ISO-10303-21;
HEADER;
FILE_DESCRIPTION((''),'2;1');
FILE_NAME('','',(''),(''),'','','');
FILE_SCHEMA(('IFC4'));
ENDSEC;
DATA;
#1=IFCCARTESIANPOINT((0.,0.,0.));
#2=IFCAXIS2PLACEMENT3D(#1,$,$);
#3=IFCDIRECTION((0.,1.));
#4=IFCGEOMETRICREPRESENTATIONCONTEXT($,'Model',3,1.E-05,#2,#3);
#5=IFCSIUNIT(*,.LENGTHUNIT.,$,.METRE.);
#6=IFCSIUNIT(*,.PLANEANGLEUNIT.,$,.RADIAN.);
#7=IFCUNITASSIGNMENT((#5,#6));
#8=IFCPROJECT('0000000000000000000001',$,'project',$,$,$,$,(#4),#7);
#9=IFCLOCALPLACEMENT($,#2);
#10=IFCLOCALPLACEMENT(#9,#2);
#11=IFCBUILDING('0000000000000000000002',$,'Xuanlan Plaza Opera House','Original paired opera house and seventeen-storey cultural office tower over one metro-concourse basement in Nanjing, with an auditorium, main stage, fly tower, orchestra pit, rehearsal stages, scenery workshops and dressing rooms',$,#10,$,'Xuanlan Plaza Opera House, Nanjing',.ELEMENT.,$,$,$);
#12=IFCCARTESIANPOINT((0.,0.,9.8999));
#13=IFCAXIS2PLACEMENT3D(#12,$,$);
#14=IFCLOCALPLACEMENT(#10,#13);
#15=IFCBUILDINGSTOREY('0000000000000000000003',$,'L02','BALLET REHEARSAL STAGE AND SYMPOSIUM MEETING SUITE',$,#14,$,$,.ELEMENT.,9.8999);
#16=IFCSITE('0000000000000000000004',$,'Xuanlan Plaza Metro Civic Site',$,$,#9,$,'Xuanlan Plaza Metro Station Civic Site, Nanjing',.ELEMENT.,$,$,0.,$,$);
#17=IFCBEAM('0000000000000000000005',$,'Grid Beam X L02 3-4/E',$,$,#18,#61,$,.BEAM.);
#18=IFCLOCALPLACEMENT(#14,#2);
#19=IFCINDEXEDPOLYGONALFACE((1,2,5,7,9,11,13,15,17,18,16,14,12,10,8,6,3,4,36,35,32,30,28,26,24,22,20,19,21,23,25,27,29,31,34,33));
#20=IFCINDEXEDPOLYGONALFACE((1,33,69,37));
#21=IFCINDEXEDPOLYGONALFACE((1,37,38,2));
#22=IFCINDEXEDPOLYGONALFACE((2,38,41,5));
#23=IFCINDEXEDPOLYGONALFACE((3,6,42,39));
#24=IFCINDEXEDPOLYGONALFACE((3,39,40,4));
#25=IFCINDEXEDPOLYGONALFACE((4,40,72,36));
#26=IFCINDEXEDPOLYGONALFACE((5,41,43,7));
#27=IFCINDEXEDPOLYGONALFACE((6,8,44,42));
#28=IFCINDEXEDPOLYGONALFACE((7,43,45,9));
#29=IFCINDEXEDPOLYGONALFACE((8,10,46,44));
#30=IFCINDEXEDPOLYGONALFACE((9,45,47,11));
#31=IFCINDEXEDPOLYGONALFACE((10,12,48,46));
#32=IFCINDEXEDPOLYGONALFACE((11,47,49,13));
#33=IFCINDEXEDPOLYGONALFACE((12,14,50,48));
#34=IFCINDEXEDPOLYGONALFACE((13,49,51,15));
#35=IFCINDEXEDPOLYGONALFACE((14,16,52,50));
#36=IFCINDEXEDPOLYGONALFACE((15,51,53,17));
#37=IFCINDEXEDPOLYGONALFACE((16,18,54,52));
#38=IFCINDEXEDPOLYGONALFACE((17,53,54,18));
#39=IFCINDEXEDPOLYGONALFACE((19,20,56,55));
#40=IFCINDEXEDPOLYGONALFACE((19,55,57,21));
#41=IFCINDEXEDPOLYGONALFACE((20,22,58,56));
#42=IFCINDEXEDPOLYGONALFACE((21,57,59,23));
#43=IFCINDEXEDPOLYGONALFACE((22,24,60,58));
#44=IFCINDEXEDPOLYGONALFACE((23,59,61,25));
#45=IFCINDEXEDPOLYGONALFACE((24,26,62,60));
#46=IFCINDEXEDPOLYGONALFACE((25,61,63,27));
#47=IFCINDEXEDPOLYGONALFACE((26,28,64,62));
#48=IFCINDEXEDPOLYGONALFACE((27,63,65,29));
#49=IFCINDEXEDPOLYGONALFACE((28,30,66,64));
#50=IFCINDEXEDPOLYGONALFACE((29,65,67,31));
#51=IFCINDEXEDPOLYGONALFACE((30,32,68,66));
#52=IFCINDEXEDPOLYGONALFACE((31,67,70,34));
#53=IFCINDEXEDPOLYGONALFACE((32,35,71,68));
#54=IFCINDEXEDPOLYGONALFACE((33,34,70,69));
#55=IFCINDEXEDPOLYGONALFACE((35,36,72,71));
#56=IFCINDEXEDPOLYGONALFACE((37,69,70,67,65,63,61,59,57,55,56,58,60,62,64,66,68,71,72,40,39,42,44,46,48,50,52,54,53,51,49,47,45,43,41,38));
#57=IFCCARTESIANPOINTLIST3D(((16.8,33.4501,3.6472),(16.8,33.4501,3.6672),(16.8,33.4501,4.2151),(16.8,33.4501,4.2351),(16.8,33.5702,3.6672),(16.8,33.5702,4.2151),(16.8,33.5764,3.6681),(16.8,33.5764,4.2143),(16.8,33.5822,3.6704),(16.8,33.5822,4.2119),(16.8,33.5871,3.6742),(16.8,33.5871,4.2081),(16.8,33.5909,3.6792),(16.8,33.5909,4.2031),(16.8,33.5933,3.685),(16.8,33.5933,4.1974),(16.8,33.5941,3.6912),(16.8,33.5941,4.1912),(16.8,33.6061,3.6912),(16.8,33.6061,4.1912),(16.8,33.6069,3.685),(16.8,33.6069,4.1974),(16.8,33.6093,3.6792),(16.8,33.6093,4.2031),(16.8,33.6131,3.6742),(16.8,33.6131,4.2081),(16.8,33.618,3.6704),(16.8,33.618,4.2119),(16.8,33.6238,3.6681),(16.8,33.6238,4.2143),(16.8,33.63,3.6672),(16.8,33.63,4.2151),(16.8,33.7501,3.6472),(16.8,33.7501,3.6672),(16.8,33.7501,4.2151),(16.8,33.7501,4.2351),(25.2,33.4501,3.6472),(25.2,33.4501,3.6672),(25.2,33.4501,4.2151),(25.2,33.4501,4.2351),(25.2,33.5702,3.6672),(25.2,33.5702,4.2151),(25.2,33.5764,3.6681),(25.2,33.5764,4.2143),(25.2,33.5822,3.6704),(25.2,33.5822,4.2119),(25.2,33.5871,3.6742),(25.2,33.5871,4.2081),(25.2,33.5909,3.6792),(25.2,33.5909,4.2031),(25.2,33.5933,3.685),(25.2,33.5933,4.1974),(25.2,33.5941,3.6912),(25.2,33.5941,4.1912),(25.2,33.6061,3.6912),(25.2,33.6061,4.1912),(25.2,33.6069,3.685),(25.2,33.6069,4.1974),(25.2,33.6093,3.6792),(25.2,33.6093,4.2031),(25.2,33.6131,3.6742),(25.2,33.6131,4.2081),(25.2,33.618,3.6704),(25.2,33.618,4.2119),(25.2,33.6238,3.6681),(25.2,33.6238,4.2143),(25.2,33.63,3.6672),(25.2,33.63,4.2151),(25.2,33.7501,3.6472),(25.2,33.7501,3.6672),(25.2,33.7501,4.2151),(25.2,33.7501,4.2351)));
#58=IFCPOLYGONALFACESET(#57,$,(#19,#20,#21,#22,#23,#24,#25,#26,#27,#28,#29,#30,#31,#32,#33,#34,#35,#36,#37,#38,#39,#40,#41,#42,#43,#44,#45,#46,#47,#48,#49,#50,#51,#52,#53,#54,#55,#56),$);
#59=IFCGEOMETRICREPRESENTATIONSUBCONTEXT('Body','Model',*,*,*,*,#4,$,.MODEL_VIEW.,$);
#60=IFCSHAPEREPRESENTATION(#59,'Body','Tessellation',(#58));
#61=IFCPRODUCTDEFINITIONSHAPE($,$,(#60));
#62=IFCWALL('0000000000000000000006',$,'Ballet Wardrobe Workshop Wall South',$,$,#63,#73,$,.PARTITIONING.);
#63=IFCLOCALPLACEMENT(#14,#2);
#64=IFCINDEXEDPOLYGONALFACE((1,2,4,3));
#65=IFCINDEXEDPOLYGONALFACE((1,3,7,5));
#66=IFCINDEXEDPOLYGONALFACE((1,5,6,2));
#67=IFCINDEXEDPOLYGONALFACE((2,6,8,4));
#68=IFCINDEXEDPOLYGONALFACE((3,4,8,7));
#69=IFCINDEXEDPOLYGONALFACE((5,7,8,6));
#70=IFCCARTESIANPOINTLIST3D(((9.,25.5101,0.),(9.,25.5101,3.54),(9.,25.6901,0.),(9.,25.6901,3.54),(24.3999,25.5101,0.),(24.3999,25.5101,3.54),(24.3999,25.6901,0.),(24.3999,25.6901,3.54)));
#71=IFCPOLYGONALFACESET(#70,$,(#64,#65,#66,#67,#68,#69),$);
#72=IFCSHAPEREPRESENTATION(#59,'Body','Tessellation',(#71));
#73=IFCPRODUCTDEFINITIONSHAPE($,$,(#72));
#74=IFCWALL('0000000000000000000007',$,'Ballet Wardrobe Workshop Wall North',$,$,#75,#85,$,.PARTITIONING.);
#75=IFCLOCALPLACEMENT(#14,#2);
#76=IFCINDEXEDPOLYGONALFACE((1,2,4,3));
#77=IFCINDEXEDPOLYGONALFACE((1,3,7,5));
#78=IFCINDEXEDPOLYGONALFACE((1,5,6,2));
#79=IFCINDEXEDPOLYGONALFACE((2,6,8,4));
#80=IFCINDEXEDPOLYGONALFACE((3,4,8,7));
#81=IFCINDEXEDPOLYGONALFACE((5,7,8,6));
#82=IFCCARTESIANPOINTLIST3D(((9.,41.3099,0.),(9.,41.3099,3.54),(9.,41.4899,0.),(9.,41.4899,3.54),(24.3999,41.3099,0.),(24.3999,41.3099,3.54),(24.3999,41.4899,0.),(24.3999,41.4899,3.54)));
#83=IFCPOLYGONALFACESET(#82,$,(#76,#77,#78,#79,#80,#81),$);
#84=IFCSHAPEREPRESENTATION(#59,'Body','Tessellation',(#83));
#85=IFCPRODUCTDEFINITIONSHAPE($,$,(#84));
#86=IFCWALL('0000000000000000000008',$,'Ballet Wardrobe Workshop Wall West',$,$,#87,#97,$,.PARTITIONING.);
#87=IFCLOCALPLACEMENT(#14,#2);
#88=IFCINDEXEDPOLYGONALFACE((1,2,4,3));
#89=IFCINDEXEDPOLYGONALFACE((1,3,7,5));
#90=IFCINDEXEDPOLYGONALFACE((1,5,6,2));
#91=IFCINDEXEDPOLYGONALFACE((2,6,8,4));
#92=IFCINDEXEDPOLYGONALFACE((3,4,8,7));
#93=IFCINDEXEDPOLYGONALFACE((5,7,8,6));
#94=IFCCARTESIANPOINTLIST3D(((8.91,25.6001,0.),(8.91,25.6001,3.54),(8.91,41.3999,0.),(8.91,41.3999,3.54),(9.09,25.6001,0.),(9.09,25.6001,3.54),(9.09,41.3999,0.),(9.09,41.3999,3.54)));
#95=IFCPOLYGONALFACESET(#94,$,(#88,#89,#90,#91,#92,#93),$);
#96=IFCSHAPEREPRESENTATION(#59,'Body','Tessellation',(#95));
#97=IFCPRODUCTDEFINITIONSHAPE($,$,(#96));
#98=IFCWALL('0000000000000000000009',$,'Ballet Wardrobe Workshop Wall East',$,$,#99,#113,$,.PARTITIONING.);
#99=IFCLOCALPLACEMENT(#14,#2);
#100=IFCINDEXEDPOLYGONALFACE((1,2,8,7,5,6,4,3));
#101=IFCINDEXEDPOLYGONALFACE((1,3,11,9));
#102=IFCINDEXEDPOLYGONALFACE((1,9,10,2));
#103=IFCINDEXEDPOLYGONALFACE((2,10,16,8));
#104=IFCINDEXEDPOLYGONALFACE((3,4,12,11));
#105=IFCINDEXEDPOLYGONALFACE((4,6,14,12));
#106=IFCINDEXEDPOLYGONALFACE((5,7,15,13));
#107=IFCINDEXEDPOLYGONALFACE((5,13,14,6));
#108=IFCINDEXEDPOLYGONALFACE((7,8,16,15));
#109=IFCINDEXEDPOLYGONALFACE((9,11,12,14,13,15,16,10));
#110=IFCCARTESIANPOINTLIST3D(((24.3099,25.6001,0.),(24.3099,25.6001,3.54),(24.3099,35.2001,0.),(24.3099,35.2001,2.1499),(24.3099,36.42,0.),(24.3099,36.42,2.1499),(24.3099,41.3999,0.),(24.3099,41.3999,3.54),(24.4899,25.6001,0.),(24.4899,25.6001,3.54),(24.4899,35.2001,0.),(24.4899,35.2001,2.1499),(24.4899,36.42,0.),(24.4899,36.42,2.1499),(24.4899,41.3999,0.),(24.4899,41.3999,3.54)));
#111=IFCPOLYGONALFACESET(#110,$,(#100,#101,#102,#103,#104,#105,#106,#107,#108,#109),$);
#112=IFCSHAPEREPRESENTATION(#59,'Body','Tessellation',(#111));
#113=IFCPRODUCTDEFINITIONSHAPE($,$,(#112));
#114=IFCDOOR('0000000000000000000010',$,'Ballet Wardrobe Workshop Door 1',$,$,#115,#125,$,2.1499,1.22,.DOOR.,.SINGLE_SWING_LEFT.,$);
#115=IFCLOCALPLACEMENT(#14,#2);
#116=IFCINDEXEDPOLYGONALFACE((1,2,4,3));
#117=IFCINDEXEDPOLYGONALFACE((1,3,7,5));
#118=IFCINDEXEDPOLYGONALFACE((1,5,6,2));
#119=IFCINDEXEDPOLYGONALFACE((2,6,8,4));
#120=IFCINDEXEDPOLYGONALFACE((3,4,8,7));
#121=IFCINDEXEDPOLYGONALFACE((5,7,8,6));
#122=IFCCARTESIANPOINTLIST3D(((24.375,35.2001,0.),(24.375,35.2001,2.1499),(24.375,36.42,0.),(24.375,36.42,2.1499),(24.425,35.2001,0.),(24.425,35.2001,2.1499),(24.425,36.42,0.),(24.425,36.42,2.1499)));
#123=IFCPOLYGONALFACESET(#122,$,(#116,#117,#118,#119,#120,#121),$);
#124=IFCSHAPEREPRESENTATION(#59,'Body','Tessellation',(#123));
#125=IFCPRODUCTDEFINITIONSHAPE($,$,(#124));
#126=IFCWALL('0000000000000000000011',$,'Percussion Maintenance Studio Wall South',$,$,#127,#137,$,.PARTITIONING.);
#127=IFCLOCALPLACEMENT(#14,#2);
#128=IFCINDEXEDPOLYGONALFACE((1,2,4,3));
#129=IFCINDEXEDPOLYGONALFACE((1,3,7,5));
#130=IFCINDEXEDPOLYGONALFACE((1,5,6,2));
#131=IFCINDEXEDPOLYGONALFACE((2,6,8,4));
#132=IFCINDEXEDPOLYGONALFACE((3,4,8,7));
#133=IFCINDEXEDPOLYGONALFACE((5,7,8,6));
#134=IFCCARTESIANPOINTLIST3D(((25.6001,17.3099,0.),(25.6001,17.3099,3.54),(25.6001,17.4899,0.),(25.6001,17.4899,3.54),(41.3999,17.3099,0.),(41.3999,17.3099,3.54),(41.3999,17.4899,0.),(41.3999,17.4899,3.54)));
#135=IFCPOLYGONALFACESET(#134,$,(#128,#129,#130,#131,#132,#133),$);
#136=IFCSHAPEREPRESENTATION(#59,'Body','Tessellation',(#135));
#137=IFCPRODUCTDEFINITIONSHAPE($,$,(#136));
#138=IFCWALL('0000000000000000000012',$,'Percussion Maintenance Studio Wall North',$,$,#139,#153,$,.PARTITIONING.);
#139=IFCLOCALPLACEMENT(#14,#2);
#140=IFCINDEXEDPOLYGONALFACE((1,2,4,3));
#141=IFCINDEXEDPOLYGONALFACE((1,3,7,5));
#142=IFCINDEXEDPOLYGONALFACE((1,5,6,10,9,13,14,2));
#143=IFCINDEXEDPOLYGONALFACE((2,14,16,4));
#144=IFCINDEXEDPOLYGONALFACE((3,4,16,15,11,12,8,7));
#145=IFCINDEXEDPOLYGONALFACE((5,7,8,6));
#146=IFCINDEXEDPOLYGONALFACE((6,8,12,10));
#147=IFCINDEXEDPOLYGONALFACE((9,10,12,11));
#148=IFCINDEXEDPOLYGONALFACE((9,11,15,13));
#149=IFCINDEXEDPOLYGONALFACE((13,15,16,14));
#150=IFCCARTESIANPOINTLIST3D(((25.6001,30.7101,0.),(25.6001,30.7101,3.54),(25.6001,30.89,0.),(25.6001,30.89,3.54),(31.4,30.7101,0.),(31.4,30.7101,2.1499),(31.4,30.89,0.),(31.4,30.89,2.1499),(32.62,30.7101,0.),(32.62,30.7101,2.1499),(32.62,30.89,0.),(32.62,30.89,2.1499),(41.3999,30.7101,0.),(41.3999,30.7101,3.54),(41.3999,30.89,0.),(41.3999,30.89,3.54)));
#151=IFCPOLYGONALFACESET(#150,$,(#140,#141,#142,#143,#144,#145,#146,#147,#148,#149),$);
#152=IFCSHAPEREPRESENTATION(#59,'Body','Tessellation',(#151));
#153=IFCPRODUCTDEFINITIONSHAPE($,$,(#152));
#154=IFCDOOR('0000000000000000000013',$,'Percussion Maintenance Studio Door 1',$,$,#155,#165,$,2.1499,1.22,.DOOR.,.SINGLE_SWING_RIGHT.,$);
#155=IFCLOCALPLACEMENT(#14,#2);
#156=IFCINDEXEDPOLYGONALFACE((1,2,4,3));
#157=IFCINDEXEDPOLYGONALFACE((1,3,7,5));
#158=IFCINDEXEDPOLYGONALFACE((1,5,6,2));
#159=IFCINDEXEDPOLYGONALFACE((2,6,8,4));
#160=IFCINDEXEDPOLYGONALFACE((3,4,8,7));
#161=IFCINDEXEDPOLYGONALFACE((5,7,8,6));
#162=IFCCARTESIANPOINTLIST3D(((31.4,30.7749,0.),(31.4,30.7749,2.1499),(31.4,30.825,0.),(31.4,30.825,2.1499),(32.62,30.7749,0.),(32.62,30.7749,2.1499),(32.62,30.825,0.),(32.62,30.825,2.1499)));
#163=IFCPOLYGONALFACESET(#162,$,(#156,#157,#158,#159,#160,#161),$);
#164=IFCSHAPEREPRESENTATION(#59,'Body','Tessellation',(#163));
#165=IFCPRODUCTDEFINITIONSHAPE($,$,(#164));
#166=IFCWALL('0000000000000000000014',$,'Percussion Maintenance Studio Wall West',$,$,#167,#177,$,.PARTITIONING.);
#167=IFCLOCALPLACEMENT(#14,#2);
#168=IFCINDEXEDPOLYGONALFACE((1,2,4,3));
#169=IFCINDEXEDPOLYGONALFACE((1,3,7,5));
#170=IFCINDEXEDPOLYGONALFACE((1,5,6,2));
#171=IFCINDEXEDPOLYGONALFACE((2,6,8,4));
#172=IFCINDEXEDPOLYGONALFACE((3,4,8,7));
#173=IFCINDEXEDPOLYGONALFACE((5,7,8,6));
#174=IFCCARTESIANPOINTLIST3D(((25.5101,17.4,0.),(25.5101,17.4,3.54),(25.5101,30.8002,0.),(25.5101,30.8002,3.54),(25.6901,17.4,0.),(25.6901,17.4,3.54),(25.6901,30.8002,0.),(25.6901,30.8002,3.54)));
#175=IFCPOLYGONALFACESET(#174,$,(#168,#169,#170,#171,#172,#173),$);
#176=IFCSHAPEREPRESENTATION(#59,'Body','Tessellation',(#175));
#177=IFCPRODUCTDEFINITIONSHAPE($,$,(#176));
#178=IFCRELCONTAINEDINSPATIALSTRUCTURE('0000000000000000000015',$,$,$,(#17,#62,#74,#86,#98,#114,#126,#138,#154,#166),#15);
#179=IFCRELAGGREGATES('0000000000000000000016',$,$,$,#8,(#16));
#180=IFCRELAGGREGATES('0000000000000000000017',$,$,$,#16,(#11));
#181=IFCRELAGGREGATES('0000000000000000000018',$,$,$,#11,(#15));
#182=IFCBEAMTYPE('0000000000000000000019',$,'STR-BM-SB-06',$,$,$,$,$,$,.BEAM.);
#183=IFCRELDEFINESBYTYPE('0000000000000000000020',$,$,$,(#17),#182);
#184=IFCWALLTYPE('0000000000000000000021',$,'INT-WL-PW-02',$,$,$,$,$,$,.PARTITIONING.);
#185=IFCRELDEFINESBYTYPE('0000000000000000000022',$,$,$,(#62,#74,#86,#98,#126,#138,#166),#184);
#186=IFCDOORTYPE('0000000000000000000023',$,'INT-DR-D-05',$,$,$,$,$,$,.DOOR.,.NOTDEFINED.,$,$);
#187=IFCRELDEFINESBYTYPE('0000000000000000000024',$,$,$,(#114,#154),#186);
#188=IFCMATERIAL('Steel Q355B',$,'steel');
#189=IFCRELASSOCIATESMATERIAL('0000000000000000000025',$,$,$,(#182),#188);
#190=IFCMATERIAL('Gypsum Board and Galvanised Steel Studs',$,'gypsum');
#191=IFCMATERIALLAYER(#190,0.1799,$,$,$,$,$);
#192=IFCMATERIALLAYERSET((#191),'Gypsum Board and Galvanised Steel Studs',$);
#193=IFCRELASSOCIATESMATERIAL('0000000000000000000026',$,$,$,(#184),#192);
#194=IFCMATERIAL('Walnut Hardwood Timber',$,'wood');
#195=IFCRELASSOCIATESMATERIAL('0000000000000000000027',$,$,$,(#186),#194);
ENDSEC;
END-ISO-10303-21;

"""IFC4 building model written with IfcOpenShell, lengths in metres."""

from ifc_helpers import new_model, si_unit, direction, frame, frame_2d, origin, origin_2d, place, context, subcontext, project, spatial, rectangle, i_section, extrude, material, layer, layer_set, material_profile, profile_set, type_object, element, fill, save


model = new_model("IFC4")

# Units and contexts
model_context = context("Model", 3, precision=1e-05, world=origin(), true_north=direction((0.0, 1.0)))
body_context = subcontext(model_context, "Body", "Model", "MODEL_VIEW")
ifc_project = project(units=[si_unit("LENGTHUNIT", "METRE"), si_unit("PLANEANGLEUNIT", "RADIAN")], contexts=[model_context])

# Site, building, storey
site_placement = place(None, origin())
site = spatial("IfcSite", under=ifc_project, at=site_placement, Name="Xuanlan Plaza Metro Civic Site", LongName="Xuanlan Plaza Metro Station Civic Site, Nanjing", CompositionType="ELEMENT", RefElevation=0.0)
building_placement = place(site_placement, origin())
building = spatial("IfcBuilding", under=site, at=building_placement, Name="Xuanlan Plaza Opera House", Description="Original paired opera house and seventeen-storey cultural office tower over one metro-concourse basement in Nanjing, with an auditorium, main stage, fly tower, orchestra pit, rehearsal stages, scenery workshops and dressing rooms", LongName="Xuanlan Plaza Opera House, Nanjing", CompositionType="ELEMENT")
storey_placement = place(building_placement, frame((0.0, 0.0, 9.8999)))
storey = spatial("IfcBuildingStorey", under=building, at=storey_placement, Name="L02", Description="BALLET REHEARSAL STAGE AND SYMPOSIUM MEETING SUITE", CompositionType="ELEMENT", Elevation=9.8999)

# Beam
ifc_material_1 = material(Name="Steel Q355B", Category="steel")
ifc_material_profile_1 = material_profile(ifc_material_1, i_section(OverallWidth=0.3, OverallDepth=0.5879, WebThickness=0.012, FlangeThickness=0.02, FilletRadius=0.0239, at=origin_2d()), Name="HM 588x300x12x20")
ifc_profile_set_1 = profile_set([ifc_material_profile_1], Name="Steel Q355B")
beam_type_1 = type_object("IfcBeamType", Name="STR-BM-SB-06", PredefinedType="BEAM", material=ifc_profile_set_1)
beam_1_placement = place(storey_placement, frame((16.8, 33.6001, 3.9412), z_axis=(1.0, 0.0, 0.0), x_axis=(0.0, 1.0, 0.0)))
element("IfcBeam", 1, at=beam_1_placement, inside=storey, type_object=beam_type_1, Name="Grid Beam X L02 3-4/E", PredefinedType="BEAM", context=body_context, shape_type="SweptSolid", body=[
    extrude(i_section(OverallWidth=0.3, OverallDepth=0.5879, WebThickness=0.012, FlangeThickness=0.02, FilletRadius=0.0239, at=origin_2d()), origin(), (0.0, 0.0, 1.0), 8.3999),
])

# Walls
ifc_material_2 = material(Name="Gypsum Board and Galvanised Steel Studs", Category="gypsum")
ifc_layer_1 = layer(ifc_material_2, 0.1799)
ifc_layer_set_1 = layer_set([ifc_layer_1], Name="Gypsum Board and Galvanised Steel Studs")
wall_type_1 = type_object("IfcWallType", Name="INT-WL-PW-02", PredefinedType="PARTITIONING", material=ifc_layer_set_1)
for number, where, z_axis, x_axis, name in (
    (2, (9.0, 25.6001, 0.0), (0.0, 0.0, 1.0), (1.0, 0.0, 0.0), "Ballet Wardrobe Workshop Wall South"),
    (3, (9.0, 41.3999, 0.0), (0.0, 0.0, 1.0), (1.0, 0.0, 0.0), "Ballet Wardrobe Workshop Wall North"),
):
    element("IfcWall", number, at=place(storey_placement, frame(where, z_axis=z_axis, x_axis=x_axis)), inside=storey, type_object=wall_type_1, Name=name, PredefinedType="PARTITIONING", context=body_context, shape_type="SweptSolid", body=[
        extrude(rectangle(XDim=15.3999, YDim=0.1799, at=frame_2d((7.7, 0.0))), origin(), (0.0, 0.0, 1.0), 3.54),
    ])
wall_1_placement = place(storey_placement, frame((9.0, 25.6001, 0.0), z_axis=(0.0, 0.0, 1.0), x_axis=(0.0, 1.0, 0.0)))
element("IfcWall", 4, at=wall_1_placement, inside=storey, type_object=wall_type_1, Name="Ballet Wardrobe Workshop Wall West", PredefinedType="PARTITIONING", context=body_context, shape_type="SweptSolid", body=[
    extrude(rectangle(XDim=15.7998, YDim=0.1799, at=frame_2d((7.8999, 0.0))), origin(), (0.0, 0.0, 1.0), 3.54),
])

# Wall, opening, door
wall_2_placement = place(storey_placement, frame((24.3999, 25.6001, 0.0), z_axis=(0.0, 0.0, 1.0), x_axis=(0.0, 1.0, 0.0)))
wall_2 = element("IfcWall", 5, at=wall_2_placement, inside=storey, type_object=wall_type_1, Name="Ballet Wardrobe Workshop Wall East", PredefinedType="PARTITIONING", context=body_context, shape_type="SweptSolid", body=[
    extrude(rectangle(XDim=15.7998, YDim=0.1799, at=frame_2d((7.8999, 0.0))), origin(), (0.0, 0.0, 1.0), 3.54),
])
opening_1_placement = place(wall_2_placement, frame((9.6001, 0.0, 0.0)))
opening_1 = element("IfcOpeningElement", 6, at=opening_1_placement, cuts=wall_2, PredefinedType="OPENING", context=body_context, shape_type="SweptSolid", body=[
    extrude(rectangle(XDim=1.22, YDim=2.1499, at=frame_2d((0.6099, 1.075))), frame((0.0, 0.0999, 0.0), z_axis=(0.0, -1.0, 0.0), x_axis=(1.0, 0.0, 0.0)), (0.0, 0.0, 1.0), 0.2),
])
ifc_material_3 = material(Name="Walnut Hardwood Timber", Category="wood")
door_type = type_object("IfcDoorType", Name="INT-DR-D-05", OperationType="NOTDEFINED", PredefinedType="DOOR", material=ifc_material_3)
door_1_placement = place(opening_1_placement, origin())
door_1 = element("IfcDoor", 7, at=door_1_placement, inside=storey, type_object=door_type, Name="Ballet Wardrobe Workshop Door 1", OperationType="SINGLE_SWING_LEFT", OverallHeight=2.1499, OverallWidth=1.22, PredefinedType="DOOR", context=body_context, shape_type="SweptSolid", body=[
    extrude(rectangle(XDim=1.22, YDim=2.1499, at=frame_2d((0.6099, 1.075))), frame((0.0, 0.0249, 0.0), z_axis=(0.0, -1.0, 0.0), x_axis=(1.0, 0.0, 0.0)), (0.0, 0.0, 1.0), 0.05),
])
fill(opening_1, door_1)

# Wall
wall_3_placement = place(storey_placement, frame((25.6001, 17.3999, 0.0), z_axis=(0.0, 0.0, 1.0), x_axis=(1.0, 0.0, 0.0)))
element("IfcWall", 8, at=wall_3_placement, inside=storey, type_object=wall_type_1, Name="Percussion Maintenance Studio Wall South", PredefinedType="PARTITIONING", context=body_context, shape_type="SweptSolid", body=[
    extrude(rectangle(XDim=15.7998, YDim=0.1799, at=frame_2d((7.8999, 0.0))), origin(), (0.0, 0.0, 1.0), 3.54),
])

# Wall, opening, door
wall_4_placement = place(storey_placement, frame((25.6001, 30.8, 0.0), z_axis=(0.0, 0.0, 1.0), x_axis=(1.0, 0.0, 0.0)))
wall_4 = element("IfcWall", 9, at=wall_4_placement, inside=storey, type_object=wall_type_1, Name="Percussion Maintenance Studio Wall North", PredefinedType="PARTITIONING", context=body_context, shape_type="SweptSolid", body=[
    extrude(rectangle(XDim=15.7998, YDim=0.1799, at=frame_2d((7.8999, 0.0))), origin(), (0.0, 0.0, 1.0), 3.54),
])
opening_2_placement = place(wall_4_placement, frame((5.8, 0.0, 0.0)))
opening_2 = element("IfcOpeningElement", 10, at=opening_2_placement, cuts=wall_4, PredefinedType="OPENING", context=body_context, shape_type="SweptSolid", body=[
    extrude(rectangle(XDim=1.22, YDim=2.1499, at=frame_2d((0.6099, 1.075))), frame((0.0, 0.0999, 0.0), z_axis=(0.0, -1.0, 0.0), x_axis=(1.0, 0.0, 0.0)), (0.0, 0.0, 1.0), 0.2),
])
door_2_placement = place(opening_2_placement, origin())
door_2 = element("IfcDoor", 11, at=door_2_placement, inside=storey, type_object=door_type, Name="Percussion Maintenance Studio Door 1", OperationType="SINGLE_SWING_RIGHT", OverallHeight=2.1499, OverallWidth=1.22, PredefinedType="DOOR", context=body_context, shape_type="SweptSolid", body=[
    extrude(rectangle(XDim=1.22, YDim=2.1499, at=frame_2d((0.6099, 1.075))), frame((0.0, 0.0249, 0.0), z_axis=(0.0, -1.0, 0.0), x_axis=(1.0, 0.0, 0.0)), (0.0, 0.0, 1.0), 0.05),
])
fill(opening_2, door_2)

# Wall
wall_5_placement = place(storey_placement, frame((25.6001, 17.3999, 0.0), z_axis=(0.0, 0.0, 1.0), x_axis=(0.0, 1.0, 0.0)))
element("IfcWall", 12, at=wall_5_placement, inside=storey, type_object=wall_type_1, Name="Percussion Maintenance Studio Wall West", PredefinedType="PARTITIONING", context=body_context, shape_type="SweptSolid", body=[
    extrude(rectangle(XDim=13.4001, YDim=0.1799, at=frame_2d((6.7002, 0.0))), origin(), (0.0, 0.0, 1.0), 3.54),
])

save(model, "model.ifc")
